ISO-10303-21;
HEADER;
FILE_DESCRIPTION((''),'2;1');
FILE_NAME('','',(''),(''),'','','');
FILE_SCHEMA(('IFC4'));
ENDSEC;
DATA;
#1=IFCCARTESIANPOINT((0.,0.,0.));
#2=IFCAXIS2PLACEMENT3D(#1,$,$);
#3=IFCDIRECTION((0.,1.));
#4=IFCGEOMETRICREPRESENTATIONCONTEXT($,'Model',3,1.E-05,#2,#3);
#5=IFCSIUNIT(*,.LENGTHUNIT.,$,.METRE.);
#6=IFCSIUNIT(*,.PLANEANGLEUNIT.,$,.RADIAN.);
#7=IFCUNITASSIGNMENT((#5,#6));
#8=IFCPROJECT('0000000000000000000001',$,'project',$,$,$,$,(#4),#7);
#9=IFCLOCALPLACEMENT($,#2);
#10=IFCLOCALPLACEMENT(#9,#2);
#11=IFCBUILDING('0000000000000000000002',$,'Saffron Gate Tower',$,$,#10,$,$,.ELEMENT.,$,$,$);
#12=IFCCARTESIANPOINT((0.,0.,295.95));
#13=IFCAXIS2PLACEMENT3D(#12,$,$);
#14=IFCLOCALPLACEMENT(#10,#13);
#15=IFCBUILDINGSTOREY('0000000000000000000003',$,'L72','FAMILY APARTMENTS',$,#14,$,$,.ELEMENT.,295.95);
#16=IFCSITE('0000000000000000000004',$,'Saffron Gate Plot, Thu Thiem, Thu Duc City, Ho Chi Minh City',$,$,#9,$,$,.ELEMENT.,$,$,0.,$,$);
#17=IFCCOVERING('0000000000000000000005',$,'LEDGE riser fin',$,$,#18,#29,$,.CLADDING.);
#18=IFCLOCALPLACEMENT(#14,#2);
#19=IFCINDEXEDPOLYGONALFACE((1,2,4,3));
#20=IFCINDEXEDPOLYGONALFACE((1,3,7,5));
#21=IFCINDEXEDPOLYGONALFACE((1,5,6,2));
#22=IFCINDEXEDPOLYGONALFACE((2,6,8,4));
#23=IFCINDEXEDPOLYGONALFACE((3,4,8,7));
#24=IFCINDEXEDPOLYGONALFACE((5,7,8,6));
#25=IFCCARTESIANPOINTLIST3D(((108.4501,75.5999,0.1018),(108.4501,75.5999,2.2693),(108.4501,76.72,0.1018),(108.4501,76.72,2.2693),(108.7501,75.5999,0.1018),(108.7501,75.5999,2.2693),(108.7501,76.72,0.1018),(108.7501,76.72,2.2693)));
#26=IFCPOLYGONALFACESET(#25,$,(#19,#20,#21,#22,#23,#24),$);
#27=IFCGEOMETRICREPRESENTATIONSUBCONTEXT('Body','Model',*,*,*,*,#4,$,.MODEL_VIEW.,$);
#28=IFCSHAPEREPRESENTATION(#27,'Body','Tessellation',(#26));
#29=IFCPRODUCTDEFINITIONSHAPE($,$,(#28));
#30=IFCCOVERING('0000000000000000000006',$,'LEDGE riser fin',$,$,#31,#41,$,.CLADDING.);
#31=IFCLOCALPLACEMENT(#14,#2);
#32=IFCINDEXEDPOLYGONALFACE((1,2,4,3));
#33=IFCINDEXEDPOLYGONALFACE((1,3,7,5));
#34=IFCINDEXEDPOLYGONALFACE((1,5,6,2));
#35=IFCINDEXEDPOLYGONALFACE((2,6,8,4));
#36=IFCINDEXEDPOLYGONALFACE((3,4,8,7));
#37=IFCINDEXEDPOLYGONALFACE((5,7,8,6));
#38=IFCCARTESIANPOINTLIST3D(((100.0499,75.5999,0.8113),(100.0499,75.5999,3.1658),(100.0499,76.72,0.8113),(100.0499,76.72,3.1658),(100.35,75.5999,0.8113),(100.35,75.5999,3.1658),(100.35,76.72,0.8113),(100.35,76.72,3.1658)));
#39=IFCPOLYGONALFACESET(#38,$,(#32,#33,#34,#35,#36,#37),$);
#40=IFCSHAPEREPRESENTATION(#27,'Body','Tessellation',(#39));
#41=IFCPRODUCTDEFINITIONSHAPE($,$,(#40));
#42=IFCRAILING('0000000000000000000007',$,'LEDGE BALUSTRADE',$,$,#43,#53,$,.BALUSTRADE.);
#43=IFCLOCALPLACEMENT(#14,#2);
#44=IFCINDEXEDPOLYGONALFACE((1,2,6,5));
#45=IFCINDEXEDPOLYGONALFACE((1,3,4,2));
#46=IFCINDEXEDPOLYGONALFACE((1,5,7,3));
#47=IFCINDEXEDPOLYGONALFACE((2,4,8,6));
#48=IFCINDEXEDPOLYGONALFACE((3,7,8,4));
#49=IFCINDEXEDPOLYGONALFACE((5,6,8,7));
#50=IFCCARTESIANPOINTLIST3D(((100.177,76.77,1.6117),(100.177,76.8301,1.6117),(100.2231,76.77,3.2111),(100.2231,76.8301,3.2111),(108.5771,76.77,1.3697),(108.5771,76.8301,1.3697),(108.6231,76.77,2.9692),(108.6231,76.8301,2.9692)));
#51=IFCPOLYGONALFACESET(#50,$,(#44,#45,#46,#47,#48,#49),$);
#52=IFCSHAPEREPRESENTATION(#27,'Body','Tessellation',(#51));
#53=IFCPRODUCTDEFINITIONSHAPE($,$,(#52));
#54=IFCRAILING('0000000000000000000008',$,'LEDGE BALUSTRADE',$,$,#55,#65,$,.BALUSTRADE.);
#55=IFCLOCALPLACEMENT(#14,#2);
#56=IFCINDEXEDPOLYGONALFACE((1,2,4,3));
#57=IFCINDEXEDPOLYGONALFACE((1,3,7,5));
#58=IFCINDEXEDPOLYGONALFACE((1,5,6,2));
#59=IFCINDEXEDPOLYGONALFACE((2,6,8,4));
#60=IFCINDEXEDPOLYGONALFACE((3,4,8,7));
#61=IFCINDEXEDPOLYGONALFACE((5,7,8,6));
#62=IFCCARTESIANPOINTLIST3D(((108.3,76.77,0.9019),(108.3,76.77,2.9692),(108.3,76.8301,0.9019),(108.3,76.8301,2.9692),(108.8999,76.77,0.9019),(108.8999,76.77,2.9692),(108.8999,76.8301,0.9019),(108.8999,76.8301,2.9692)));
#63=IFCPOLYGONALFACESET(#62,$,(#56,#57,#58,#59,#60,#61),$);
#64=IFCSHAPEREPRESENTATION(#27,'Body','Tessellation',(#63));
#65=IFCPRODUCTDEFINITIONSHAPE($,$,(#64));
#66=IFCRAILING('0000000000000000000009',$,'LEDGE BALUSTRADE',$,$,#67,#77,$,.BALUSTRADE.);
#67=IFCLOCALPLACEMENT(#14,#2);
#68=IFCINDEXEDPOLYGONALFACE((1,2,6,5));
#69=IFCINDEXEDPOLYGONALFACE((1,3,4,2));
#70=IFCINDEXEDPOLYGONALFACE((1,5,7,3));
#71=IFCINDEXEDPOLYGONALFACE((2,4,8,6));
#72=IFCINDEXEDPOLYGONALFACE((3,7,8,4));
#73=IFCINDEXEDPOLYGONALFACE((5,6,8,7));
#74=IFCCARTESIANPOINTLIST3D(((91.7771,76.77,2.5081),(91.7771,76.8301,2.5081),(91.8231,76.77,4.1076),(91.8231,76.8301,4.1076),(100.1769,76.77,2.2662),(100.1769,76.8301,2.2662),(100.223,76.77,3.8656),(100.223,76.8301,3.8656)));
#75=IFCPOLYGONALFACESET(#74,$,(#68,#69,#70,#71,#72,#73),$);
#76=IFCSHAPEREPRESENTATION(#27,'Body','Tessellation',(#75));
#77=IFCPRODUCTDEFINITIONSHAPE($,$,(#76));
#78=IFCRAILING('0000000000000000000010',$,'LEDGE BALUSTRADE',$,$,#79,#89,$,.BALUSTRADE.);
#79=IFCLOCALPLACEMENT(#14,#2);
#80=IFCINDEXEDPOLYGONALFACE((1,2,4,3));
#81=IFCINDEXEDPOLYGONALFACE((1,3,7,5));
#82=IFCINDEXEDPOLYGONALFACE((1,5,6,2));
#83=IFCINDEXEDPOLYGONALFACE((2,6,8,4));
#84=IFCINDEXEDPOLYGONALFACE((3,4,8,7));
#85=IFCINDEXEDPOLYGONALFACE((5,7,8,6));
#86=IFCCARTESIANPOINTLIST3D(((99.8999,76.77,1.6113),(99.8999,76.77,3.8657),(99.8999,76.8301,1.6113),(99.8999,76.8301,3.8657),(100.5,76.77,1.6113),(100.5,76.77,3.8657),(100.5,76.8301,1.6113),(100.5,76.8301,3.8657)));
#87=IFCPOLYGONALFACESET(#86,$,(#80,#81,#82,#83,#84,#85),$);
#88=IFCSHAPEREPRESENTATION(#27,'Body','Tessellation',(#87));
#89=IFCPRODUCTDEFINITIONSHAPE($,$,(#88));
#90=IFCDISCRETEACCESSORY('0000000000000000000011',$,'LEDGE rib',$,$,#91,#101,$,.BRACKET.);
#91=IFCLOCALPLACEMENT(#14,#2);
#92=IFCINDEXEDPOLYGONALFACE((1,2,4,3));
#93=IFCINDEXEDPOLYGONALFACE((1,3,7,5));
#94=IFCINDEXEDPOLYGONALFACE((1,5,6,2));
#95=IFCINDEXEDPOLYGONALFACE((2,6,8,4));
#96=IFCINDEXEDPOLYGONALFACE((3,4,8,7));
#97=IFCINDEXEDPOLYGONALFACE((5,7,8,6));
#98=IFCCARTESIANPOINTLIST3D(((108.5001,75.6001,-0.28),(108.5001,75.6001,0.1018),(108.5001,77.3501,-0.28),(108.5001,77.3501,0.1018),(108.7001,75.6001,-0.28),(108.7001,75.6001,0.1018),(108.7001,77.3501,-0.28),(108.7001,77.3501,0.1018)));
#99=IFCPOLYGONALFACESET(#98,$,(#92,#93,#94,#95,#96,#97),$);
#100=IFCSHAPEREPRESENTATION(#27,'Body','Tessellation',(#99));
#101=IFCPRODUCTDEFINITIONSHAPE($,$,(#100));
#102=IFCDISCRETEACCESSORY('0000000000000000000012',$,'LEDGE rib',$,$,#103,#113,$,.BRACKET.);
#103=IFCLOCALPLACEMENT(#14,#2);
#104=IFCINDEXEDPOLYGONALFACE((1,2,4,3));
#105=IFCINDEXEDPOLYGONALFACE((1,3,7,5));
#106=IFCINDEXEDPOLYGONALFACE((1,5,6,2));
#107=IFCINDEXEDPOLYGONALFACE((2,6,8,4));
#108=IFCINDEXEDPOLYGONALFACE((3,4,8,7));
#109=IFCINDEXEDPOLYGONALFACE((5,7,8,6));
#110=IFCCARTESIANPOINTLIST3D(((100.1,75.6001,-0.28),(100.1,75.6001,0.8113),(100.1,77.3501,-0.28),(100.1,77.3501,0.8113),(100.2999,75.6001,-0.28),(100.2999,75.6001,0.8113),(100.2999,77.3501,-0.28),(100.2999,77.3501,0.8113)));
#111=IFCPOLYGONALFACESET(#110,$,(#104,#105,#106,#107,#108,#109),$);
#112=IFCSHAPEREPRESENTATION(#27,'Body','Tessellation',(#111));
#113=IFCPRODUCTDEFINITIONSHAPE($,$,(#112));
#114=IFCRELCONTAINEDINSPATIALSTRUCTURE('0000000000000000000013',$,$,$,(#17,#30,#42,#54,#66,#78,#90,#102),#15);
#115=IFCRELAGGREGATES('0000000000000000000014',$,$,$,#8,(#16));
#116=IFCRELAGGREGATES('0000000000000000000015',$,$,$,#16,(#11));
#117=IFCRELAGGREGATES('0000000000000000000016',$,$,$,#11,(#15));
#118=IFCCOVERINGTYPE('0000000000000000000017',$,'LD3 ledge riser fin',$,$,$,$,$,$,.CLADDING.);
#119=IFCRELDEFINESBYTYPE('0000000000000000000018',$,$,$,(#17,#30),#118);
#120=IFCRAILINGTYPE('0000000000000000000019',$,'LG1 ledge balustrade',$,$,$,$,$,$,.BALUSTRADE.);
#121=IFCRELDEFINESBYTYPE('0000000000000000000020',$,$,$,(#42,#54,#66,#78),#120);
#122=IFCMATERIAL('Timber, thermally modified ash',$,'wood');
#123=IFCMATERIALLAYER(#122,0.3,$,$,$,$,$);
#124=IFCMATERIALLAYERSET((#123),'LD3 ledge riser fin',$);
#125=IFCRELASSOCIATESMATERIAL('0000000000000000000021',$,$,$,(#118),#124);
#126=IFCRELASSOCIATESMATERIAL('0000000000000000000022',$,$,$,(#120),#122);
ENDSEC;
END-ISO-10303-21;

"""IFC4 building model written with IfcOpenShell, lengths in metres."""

from ifc_helpers import new_model, si_unit, direction, frame, origin, origin_2d, place, context, subcontext, project, spatial, rectangle, extrude, material, layer, layer_set, type_object, element, save


model = new_model("IFC4")

# Units and contexts
model_context = context("Model", 3, precision=1e-05, world=origin(), true_north=direction((0.0, 1.0)))
body_context = subcontext(model_context, "Body", "Model", "MODEL_VIEW")
ifc_project = project(units=[si_unit("LENGTHUNIT", "METRE"), si_unit("PLANEANGLEUNIT", "RADIAN")], contexts=[model_context])

# Site, building, storey
site_placement = place(None, origin())
site = spatial("IfcSite", under=ifc_project, at=site_placement, Name="Saffron Gate Plot, Thu Thiem, Thu Duc City, Ho Chi Minh City", CompositionType="ELEMENT", RefElevation=0.0)
building_placement = place(site_placement, origin())
building = spatial("IfcBuilding", under=site, at=building_placement, Name="Saffron Gate Tower", CompositionType="ELEMENT")
storey_placement = place(building_placement, frame((0.0, 0.0, 295.95)))
storey = spatial("IfcBuildingStorey", under=building, at=storey_placement, Name="L72", Description="FAMILY APARTMENTS", CompositionType="ELEMENT", Elevation=295.95)

# Coverings
ifc_material_1 = material(Name="Timber, thermally modified ash", Category="wood")
ifc_layer_1 = layer(ifc_material_1, 0.3)
ifc_layer_set_1 = layer_set([ifc_layer_1], Name="LD3 ledge riser fin")
covering_type_1 = type_object("IfcCoveringType", Name="LD3 ledge riser fin", PredefinedType="CLADDING", material=ifc_layer_set_1)
covering_1_placement = place(storey_placement, frame((108.6001, 76.1599, 0.1018), z_axis=(0.0, 0.0, 1.0), x_axis=(-1.0, 0.0, 0.0)))
element("IfcCovering", 1, at=covering_1_placement, inside=storey, type_object=covering_type_1, Name="LEDGE riser fin", PredefinedType="CLADDING", context=body_context, shape_type="SweptSolid", body=[
    extrude(rectangle(XDim=0.3, YDim=1.1201, at=origin_2d()), origin(), (0.0, 0.0, 1.0), 2.1675),
])
covering_2_placement = place(storey_placement, frame((100.2, 76.1599, 0.8113), z_axis=(0.0, 0.0, 1.0), x_axis=(-1.0, 0.0, 0.0)))
element("IfcCovering", 2, at=covering_2_placement, inside=storey, type_object=covering_type_1, Name="LEDGE riser fin", PredefinedType="CLADDING", context=body_context, shape_type="SweptSolid", body=[
    extrude(rectangle(XDim=0.3, YDim=1.1201, at=origin_2d()), origin(), (0.0, 0.0, 1.0), 2.3545),
])

# Railings
railing_type_1 = type_object("IfcRailingType", Name="LG1 ledge balustrade", PredefinedType="BALUSTRADE", material=ifc_material_1)
railing_1_placement = place(storey_placement, frame((108.6001, 76.8, 1.3694)))
element("IfcRailing", 3, at=railing_1_placement, inside=storey, type_object=railing_type_1, Name="LEDGE BALUSTRADE", PredefinedType="BALUSTRADE", context=body_context, shape_type="SweptSolid", body=[
    extrude(rectangle(XDim=0.0601, YDim=1.6001, at=origin_2d()), frame((0.0, 0.0, 0.8), z_axis=(-0.999585, 0.0, 0.02879), x_axis=(0.0, -1.0, 0.0)), (0.0, 0.0, 1.0), 8.4036),
])
railing_2_placement = place(storey_placement, frame((108.8999, 76.8, 0.9019)))
element("IfcRailing", 4, at=railing_2_placement, inside=storey, type_object=railing_type_1, Name="LEDGE BALUSTRADE", PredefinedType="BALUSTRADE", context=body_context, shape_type="SweptSolid", body=[
    extrude(rectangle(XDim=0.0601, YDim=2.0674, at=origin_2d()), frame((0.0, 0.0, 1.0337), z_axis=(-1.0, 0.0, 0.0), x_axis=(0.0, -1.0, 0.0)), (0.0, 0.0, 1.0), 0.5999),
])
railing_3_placement = place(storey_placement, frame((100.2, 76.8, 2.2659)))
element("IfcRailing", 5, at=railing_3_placement, inside=storey, type_object=railing_type_1, Name="LEDGE BALUSTRADE", PredefinedType="BALUSTRADE", context=body_context, shape_type="SweptSolid", body=[
    extrude(rectangle(XDim=0.0601, YDim=1.6001, at=origin_2d()), frame((0.0, 0.0, 0.8), z_axis=(-0.999585, 0.0, 0.028791), x_axis=(0.0, -1.0, 0.0)), (0.0, 0.0, 1.0), 8.4033),
])
railing_4_placement = place(storey_placement, frame((100.5, 76.8, 1.6113)))
element("IfcRailing", 6, at=railing_4_placement, inside=storey, type_object=railing_type_1, Name="LEDGE BALUSTRADE", PredefinedType="BALUSTRADE", context=body_context, shape_type="SweptSolid", body=[
    extrude(rectangle(XDim=0.0601, YDim=2.2544, at=origin_2d()), frame((0.0, 0.0, 1.1272), z_axis=(-1.0, 0.0, 0.0), x_axis=(0.0, -1.0, 0.0)), (0.0, 0.0, 1.0), 0.6001),
])

# Discrete accessories
discrete_accessory_1_placement = place(storey_placement, frame((108.6001, 76.4751, -0.28), z_axis=(0.0, 0.0, 1.0), x_axis=(-1.0, 0.0, 0.0)))
element("IfcDiscreteAccessory", 7, at=discrete_accessory_1_placement, inside=storey, Name="LEDGE rib", PredefinedType="BRACKET", context=body_context, shape_type="SweptSolid", body=[
    extrude(rectangle(XDim=0.2, YDim=1.75, at=origin_2d()), origin(), (0.0, 0.0, 1.0), 0.3818),
])
discrete_accessory_2_placement = place(storey_placement, frame((100.2, 76.4751, -0.28), z_axis=(0.0, 0.0, 1.0), x_axis=(-1.0, 0.0, 0.0)))
element("IfcDiscreteAccessory", 8, at=discrete_accessory_2_placement, inside=storey, Name="LEDGE rib", PredefinedType="BRACKET", context=body_context, shape_type="SweptSolid", body=[
    extrude(rectangle(XDim=0.2, YDim=1.75, at=origin_2d()), origin(), (0.0, 0.0, 1.0), 1.0913),
])

save(model, "model.ifc")
